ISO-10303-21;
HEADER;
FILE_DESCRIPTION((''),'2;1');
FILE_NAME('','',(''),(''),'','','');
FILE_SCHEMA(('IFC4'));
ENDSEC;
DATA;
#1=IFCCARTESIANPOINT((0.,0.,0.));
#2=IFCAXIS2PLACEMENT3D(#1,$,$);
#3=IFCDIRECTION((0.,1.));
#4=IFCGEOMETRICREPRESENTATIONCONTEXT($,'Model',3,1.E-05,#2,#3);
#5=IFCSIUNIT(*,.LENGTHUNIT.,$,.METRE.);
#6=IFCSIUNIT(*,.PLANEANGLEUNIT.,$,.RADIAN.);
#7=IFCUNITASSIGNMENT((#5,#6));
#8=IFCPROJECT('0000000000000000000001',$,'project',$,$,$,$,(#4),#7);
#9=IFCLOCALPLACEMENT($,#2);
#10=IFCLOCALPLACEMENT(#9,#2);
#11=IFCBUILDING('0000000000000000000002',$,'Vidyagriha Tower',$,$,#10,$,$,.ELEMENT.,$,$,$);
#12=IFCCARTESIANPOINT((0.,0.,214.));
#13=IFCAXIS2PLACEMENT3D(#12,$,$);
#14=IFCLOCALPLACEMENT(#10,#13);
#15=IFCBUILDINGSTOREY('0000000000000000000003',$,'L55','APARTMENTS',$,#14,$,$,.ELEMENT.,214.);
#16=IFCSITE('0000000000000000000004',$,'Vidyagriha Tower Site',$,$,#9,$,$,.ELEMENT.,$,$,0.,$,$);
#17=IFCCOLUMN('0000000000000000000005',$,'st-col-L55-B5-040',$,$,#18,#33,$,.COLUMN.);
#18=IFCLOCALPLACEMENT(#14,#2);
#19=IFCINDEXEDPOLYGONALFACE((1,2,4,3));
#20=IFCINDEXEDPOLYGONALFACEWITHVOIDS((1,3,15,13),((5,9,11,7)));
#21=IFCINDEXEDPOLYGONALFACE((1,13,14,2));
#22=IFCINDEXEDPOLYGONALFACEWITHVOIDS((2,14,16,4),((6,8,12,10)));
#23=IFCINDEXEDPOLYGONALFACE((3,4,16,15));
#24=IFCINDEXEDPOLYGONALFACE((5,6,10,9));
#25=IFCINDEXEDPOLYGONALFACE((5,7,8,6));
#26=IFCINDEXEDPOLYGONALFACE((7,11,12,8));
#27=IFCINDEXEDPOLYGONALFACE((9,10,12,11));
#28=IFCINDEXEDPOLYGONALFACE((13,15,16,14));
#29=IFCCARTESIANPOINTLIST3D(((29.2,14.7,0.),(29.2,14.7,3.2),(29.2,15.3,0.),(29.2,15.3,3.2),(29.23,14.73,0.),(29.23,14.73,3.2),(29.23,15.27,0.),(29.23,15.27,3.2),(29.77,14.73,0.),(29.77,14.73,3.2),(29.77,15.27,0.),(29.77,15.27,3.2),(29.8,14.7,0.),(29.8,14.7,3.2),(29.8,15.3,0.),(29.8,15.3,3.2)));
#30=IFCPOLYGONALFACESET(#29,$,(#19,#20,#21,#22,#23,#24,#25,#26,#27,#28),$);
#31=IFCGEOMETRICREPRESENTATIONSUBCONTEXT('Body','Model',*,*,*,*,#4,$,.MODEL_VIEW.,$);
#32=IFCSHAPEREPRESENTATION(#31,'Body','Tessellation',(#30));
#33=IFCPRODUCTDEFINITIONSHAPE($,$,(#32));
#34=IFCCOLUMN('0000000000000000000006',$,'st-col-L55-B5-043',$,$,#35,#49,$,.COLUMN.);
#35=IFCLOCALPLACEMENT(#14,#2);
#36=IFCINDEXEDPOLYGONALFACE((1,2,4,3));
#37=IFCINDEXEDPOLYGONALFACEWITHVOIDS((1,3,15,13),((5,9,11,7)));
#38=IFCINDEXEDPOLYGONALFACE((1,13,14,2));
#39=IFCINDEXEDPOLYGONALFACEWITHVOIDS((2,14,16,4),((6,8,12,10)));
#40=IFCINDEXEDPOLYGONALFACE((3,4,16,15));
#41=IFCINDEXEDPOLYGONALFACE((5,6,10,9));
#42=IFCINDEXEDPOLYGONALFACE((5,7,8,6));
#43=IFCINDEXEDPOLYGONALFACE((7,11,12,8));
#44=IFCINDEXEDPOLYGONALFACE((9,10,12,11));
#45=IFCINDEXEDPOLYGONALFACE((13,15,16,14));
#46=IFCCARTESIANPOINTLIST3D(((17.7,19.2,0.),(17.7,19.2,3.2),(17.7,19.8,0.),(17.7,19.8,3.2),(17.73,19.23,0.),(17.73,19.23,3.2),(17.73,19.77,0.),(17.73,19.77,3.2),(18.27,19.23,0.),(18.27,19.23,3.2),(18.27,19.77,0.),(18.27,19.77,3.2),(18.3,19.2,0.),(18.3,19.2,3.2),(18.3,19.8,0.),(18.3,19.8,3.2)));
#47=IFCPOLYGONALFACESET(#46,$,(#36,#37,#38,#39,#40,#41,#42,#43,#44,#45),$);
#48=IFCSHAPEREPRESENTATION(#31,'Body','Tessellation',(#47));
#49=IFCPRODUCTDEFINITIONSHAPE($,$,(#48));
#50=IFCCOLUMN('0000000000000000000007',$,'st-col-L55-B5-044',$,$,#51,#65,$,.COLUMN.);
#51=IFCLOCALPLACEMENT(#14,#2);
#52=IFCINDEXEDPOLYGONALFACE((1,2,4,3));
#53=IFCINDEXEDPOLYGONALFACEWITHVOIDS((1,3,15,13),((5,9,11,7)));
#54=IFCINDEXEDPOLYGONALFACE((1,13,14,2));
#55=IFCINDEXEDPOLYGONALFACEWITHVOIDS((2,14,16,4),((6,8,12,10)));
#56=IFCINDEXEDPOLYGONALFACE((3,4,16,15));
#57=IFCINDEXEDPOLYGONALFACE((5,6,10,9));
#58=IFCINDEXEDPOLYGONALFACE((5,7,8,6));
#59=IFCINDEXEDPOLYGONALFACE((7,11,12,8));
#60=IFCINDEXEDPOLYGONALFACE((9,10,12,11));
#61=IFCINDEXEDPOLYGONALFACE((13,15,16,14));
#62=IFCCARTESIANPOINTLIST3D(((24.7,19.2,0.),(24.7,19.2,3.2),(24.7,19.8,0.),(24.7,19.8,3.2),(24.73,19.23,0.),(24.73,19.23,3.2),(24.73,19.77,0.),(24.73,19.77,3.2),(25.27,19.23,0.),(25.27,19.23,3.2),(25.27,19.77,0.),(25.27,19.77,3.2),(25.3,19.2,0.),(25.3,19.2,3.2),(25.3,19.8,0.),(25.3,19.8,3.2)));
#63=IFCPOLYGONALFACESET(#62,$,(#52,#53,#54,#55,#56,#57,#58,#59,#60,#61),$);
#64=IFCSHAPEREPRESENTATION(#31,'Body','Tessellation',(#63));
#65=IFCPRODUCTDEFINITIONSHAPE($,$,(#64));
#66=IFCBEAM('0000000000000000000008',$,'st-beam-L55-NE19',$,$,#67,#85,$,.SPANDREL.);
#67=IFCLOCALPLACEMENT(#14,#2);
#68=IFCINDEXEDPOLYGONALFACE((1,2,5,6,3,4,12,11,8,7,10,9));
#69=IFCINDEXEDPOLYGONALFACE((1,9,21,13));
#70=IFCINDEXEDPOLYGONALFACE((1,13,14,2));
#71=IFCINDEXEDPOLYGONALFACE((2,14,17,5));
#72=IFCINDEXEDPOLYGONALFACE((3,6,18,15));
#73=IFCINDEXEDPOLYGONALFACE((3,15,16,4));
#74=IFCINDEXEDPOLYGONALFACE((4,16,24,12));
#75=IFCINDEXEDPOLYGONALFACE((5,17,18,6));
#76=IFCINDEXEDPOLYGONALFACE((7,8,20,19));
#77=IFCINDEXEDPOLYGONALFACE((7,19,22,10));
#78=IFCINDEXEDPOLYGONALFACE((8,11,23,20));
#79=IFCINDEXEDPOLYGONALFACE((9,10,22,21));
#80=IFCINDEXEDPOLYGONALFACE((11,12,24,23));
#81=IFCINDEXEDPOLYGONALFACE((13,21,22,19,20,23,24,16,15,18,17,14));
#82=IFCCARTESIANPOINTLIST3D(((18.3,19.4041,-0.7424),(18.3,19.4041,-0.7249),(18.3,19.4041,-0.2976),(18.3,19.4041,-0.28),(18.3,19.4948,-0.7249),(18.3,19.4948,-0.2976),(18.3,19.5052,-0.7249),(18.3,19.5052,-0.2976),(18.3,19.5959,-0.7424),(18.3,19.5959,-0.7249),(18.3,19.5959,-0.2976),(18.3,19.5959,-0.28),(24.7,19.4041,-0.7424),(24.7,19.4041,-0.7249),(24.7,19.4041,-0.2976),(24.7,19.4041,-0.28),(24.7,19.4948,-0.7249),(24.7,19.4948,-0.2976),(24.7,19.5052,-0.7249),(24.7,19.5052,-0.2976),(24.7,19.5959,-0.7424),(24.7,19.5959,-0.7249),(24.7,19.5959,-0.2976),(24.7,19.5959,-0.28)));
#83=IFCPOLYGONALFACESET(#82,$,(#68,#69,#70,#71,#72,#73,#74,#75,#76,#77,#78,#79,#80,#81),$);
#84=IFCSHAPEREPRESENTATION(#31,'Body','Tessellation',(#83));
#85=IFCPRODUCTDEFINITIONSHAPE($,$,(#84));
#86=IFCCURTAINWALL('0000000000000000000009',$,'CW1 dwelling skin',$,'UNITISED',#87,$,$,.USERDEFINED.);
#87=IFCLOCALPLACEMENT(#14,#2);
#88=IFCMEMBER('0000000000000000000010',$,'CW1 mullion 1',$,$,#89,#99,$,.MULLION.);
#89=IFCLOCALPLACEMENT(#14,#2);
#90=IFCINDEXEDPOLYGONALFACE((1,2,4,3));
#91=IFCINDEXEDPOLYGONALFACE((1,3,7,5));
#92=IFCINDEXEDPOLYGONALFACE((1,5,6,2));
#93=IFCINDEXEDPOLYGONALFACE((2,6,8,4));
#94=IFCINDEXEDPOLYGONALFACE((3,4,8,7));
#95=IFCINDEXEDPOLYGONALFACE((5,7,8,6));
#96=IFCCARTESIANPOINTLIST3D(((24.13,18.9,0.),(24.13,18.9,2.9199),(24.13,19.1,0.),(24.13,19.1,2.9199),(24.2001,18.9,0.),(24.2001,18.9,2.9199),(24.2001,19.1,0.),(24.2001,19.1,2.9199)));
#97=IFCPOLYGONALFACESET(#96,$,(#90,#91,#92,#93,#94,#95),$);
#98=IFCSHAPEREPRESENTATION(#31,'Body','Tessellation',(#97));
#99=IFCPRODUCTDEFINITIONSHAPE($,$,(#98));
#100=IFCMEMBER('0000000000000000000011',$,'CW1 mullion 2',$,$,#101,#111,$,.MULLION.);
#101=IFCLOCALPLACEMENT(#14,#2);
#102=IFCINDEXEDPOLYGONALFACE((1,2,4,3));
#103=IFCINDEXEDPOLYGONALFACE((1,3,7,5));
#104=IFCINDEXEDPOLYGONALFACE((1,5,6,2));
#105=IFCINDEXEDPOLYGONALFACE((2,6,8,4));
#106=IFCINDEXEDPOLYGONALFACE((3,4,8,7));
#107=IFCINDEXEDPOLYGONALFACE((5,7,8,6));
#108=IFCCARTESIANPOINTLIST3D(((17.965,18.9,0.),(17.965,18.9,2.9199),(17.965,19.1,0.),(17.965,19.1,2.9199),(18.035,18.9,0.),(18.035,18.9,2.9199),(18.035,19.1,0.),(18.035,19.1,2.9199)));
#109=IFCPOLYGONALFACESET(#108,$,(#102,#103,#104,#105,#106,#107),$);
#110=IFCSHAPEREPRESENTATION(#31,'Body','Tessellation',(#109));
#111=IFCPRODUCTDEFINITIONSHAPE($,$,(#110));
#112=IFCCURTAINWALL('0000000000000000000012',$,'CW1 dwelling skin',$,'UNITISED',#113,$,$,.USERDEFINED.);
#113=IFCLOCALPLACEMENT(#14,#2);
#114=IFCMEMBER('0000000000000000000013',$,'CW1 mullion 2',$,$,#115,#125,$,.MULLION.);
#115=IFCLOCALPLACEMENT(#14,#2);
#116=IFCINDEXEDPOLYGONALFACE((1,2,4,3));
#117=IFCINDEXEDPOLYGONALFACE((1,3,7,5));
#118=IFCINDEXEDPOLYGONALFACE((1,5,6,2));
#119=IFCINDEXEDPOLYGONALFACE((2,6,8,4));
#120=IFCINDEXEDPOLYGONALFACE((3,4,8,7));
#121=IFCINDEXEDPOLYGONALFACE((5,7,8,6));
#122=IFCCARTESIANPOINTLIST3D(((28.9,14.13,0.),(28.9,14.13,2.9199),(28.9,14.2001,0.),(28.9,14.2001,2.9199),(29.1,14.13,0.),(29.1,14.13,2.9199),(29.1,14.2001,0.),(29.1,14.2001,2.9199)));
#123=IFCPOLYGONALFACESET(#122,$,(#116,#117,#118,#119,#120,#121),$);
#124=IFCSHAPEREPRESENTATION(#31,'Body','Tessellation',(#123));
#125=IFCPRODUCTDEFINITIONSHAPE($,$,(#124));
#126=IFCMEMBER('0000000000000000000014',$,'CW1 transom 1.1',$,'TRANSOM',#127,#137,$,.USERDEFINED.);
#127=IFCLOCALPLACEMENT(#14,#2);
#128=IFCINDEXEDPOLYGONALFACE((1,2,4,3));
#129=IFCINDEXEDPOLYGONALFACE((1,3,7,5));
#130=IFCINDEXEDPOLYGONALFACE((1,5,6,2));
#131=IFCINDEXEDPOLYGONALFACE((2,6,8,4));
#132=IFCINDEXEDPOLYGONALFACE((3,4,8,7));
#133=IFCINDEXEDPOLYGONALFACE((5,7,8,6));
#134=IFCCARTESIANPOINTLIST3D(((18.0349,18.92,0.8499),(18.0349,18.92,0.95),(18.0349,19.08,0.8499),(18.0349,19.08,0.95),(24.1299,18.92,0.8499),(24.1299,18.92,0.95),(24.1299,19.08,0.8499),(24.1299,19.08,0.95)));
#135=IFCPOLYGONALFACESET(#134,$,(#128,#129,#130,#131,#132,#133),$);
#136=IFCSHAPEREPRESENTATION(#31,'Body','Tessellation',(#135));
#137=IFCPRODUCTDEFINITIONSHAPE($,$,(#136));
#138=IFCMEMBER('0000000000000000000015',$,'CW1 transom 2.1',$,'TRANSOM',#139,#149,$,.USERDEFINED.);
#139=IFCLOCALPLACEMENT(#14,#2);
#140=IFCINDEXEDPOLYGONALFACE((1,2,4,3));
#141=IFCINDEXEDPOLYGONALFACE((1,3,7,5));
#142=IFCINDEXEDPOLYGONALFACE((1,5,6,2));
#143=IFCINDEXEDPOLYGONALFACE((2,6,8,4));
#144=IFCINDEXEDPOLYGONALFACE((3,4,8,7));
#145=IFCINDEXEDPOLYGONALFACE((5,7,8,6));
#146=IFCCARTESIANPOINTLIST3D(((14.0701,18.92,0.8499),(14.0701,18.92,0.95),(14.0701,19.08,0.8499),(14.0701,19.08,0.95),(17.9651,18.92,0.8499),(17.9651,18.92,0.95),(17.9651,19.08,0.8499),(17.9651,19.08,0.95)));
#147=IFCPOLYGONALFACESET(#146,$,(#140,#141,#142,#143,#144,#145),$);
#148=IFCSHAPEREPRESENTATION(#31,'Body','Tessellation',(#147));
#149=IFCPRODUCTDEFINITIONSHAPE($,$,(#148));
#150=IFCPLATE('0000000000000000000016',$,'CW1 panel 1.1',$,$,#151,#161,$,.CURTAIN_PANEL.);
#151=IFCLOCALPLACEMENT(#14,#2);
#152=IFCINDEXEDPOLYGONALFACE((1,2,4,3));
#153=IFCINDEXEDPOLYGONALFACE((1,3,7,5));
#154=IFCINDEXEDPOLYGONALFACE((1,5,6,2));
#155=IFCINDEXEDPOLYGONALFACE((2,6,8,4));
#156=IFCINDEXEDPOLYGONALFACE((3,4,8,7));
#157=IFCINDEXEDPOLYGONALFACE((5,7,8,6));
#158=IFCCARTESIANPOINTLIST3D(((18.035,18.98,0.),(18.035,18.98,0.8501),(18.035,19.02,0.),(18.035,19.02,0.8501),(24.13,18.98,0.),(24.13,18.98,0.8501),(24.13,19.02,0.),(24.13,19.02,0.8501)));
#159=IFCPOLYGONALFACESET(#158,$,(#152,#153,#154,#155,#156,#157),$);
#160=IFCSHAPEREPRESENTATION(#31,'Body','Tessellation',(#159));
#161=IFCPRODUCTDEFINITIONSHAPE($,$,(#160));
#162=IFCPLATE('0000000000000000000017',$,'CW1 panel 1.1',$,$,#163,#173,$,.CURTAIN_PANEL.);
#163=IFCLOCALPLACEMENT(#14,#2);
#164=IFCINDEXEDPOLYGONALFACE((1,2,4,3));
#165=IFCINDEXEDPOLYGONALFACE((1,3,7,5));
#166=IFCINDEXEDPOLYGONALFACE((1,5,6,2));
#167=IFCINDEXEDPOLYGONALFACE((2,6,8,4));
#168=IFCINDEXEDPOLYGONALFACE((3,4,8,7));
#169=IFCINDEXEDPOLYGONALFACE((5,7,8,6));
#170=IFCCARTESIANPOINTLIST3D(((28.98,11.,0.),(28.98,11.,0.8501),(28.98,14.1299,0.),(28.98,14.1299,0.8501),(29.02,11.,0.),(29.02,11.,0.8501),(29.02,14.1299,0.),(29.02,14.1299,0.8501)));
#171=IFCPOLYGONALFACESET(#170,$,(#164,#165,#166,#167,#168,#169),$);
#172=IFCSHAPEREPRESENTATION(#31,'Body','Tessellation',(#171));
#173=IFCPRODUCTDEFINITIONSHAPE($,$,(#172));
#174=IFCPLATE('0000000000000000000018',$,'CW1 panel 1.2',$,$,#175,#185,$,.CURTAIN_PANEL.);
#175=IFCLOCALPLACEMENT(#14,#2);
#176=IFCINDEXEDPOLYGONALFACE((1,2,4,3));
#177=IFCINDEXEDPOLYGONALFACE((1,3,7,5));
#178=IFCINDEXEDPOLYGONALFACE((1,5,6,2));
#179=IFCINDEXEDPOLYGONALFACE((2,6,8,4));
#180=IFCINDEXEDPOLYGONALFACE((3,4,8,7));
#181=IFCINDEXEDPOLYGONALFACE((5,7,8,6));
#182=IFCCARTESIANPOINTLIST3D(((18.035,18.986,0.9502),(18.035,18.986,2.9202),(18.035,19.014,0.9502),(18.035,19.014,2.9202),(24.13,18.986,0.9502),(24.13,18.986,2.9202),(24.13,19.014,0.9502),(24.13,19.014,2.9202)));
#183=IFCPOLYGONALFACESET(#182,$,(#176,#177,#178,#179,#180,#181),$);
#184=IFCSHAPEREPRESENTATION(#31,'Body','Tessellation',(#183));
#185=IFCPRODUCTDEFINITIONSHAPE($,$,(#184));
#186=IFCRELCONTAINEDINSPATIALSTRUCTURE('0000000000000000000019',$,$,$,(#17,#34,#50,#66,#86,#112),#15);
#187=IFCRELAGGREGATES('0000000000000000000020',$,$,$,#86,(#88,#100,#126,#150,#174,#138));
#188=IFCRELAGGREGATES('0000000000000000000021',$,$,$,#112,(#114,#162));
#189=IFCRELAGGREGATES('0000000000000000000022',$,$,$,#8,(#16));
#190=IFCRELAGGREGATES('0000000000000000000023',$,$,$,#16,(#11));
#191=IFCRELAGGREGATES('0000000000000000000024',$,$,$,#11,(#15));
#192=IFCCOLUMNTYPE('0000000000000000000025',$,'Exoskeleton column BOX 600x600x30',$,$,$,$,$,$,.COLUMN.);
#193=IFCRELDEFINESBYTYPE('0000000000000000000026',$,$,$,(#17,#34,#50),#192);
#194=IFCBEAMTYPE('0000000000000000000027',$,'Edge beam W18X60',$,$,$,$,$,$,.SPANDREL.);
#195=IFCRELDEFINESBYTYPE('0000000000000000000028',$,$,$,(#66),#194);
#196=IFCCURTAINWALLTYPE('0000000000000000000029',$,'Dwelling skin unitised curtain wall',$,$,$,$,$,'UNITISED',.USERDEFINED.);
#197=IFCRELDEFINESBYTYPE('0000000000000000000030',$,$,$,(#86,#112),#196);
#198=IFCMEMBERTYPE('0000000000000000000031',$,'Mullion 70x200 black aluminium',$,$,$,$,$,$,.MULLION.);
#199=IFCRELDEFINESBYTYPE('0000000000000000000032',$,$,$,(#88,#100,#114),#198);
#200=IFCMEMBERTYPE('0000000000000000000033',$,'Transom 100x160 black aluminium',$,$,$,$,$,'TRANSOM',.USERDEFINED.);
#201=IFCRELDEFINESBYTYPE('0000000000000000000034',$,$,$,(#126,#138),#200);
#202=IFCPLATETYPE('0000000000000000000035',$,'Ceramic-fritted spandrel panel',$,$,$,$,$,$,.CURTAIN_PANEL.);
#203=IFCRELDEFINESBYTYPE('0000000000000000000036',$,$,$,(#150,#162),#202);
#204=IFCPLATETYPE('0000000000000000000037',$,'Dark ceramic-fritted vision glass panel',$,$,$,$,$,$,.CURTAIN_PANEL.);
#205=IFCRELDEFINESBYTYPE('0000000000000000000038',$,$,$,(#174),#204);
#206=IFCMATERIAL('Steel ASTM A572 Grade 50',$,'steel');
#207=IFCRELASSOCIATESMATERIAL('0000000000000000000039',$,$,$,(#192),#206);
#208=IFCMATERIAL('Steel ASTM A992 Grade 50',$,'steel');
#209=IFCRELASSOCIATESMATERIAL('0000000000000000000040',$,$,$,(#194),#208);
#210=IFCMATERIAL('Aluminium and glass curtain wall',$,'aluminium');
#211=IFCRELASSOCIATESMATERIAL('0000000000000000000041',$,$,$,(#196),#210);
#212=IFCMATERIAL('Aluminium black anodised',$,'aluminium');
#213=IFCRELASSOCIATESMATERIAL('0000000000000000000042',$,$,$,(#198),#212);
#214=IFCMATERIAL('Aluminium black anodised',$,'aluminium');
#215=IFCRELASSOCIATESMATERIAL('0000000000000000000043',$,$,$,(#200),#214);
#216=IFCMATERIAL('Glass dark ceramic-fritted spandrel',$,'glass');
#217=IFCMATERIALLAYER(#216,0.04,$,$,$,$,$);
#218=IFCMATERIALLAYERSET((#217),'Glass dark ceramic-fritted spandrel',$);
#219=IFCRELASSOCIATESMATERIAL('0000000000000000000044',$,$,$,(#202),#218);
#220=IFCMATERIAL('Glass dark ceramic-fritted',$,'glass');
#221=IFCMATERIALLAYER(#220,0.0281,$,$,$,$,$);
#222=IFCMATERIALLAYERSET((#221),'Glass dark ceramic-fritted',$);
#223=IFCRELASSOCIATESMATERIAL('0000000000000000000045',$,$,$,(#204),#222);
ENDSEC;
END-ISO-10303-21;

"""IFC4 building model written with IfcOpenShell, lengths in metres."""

from ifc_helpers import new_model, si_unit, direction, frame, origin, origin_2d, place, context, subcontext, project, spatial, rectangle, hollow_rectangle, i_section, extrude, material, layer, layer_set, material_profile, profile_set, type_object, element, aggregate, save


model = new_model("IFC4")

# Units and contexts
model_context = context("Model", 3, precision=1e-05, world=origin(), true_north=direction((0.0, 1.0)))
body_context = subcontext(model_context, "Body", "Model", "MODEL_VIEW")
ifc_project = project(units=[si_unit("LENGTHUNIT", "METRE"), si_unit("PLANEANGLEUNIT", "RADIAN")], contexts=[model_context])

# Site, building, storey
site_placement = place(None, origin())
site = spatial("IfcSite", under=ifc_project, at=site_placement, Name="Vidyagriha Tower Site", CompositionType="ELEMENT", RefElevation=0.0)
building_placement = place(site_placement, origin())
building = spatial("IfcBuilding", under=site, at=building_placement, Name="Vidyagriha Tower", CompositionType="ELEMENT")
storey_placement = place(building_placement, frame((0.0, 0.0, 214.0)))
storey = spatial("IfcBuildingStorey", under=building, at=storey_placement, Name="L55", Description="APARTMENTS", CompositionType="ELEMENT", Elevation=214.0)

# Columns
ifc_material_1 = material(Name="Steel ASTM A572 Grade 50", Category="steel")
ifc_material_profile_1 = material_profile(ifc_material_1, hollow_rectangle(XDim=0.6001, YDim=0.6001, WallThickness=0.03, at=origin_2d()), Name="BOX 600x600x30")
ifc_profile_set_1 = profile_set([ifc_material_profile_1], Name="Steel ASTM A572 Grade 50")
column_type = type_object("IfcColumnType", Name="Exoskeleton column BOX 600x600x30", PredefinedType="COLUMN", material=ifc_profile_set_1)
for number, where, name in (
    (1, (29.5, 15.0, 0.0), "st-col-L55-B5-040"),
    (2, (18.0, 19.5, 0.0), "st-col-L55-B5-043"),
    (3, (25.0, 19.5, 0.0), "st-col-L55-B5-044"),
):
    element("IfcColumn", number, at=place(storey_placement, frame(where)), inside=storey, type_object=column_type, Name=name, PredefinedType="COLUMN", context=body_context, shape_type="SweptSolid", body=[
        extrude(hollow_rectangle(XDim=0.6001, YDim=0.6001, WallThickness=0.03, at=origin_2d()), origin(), (0.0, 0.0, 1.0), 3.2),
    ])

# Beam
ifc_material_2 = material(Name="Steel ASTM A992 Grade 50", Category="steel")
ifc_material_profile_2 = material_profile(ifc_material_2, i_section(OverallWidth=0.1919, OverallDepth=0.4624, WebThickness=0.0105, FlangeThickness=0.0176, at=origin_2d()), Name="W18X60")
ifc_profile_set_2 = profile_set([ifc_material_profile_2], Name="Steel ASTM A992 Grade 50")
beam_type = type_object("IfcBeamType", Name="Edge beam W18X60", PredefinedType="SPANDREL", material=ifc_profile_set_2)
beam_placement = place(storey_placement, frame((18.3, 19.5, -0.5112), z_axis=(1.0, 0.0, 0.0), x_axis=(0.0, 1.0, 0.0)))
element("IfcBeam", 4, at=beam_placement, inside=storey, type_object=beam_type, Name="st-beam-L55-NE19", PredefinedType="SPANDREL", context=body_context, shape_type="SweptSolid", body=[
    extrude(i_section(OverallWidth=0.1919, OverallDepth=0.4624, WebThickness=0.0105, FlangeThickness=0.0176, at=origin_2d()), origin(), (0.0, 0.0, 1.0), 6.3999),
])

# Curtain wall, members
ifc_material_3 = material(Name="Aluminium and glass curtain wall", Category="aluminium")
curtain_wall_type = type_object("IfcCurtainWallType", Name="Dwelling skin unitised curtain wall", ElementType="UNITISED", PredefinedType="USERDEFINED", material=ifc_material_3)
curtain_wall_1_placement = place(storey_placement, origin())
curtain_wall_1 = element("IfcCurtainWall", 5, at=curtain_wall_1_placement, inside=storey, type_object=curtain_wall_type, Name="CW1 dwelling skin", ObjectType="UNITISED", PredefinedType="USERDEFINED")
ifc_material_4 = material(Name="Aluminium black anodised", Category="aluminium")
ifc_material_profile_3 = material_profile(ifc_material_4, rectangle(XDim=0.2, YDim=0.0701, at=origin_2d()), Name="Mullion 70x200 black aluminium")
ifc_profile_set_3 = profile_set([ifc_material_profile_3], Name="Aluminium black anodised")
member_type_1 = type_object("IfcMemberType", Name="Mullion 70x200 black aluminium", PredefinedType="MULLION", material=ifc_profile_set_3)
member_1_placement = place(storey_placement, frame((24.165, 19.0, 0.0), z_axis=(0.0, 0.0, 1.0), x_axis=(0.0, -1.0, 0.0)))
member_1 = element("IfcMember", 6, at=member_1_placement, type_object=member_type_1, Name="CW1 mullion 1", PredefinedType="MULLION", context=body_context, shape_type="SweptSolid", body=[
    extrude(rectangle(XDim=0.2, YDim=0.0701, at=origin_2d()), origin(), (0.0, 0.0, 1.0), 2.9199),
])
member_2_placement = place(storey_placement, frame((18.0, 19.0, 0.0), z_axis=(0.0, 0.0, 1.0), x_axis=(0.0, -1.0, 0.0)))
member_2 = element("IfcMember", 7, at=member_2_placement, type_object=member_type_1, Name="CW1 mullion 2", PredefinedType="MULLION", context=body_context, shape_type="SweptSolid", body=[
    extrude(rectangle(XDim=0.2, YDim=0.0701, at=origin_2d()), origin(), (0.0, 0.0, 1.0), 2.9199),
])

# Curtain wall, member
curtain_wall_2_placement = place(storey_placement, origin())
curtain_wall_2 = element("IfcCurtainWall", 8, at=curtain_wall_2_placement, inside=storey, type_object=curtain_wall_type, Name="CW1 dwelling skin", ObjectType="UNITISED", PredefinedType="USERDEFINED")
member_3_placement = place(storey_placement, frame((29.0, 14.165, 0.0), z_axis=(0.0, 0.0, 1.0), x_axis=(-1.0, 0.0, 0.0)))
member_3 = element("IfcMember", 9, at=member_3_placement, type_object=member_type_1, Name="CW1 mullion 2", PredefinedType="MULLION", context=body_context, shape_type="SweptSolid", body=[
    extrude(rectangle(XDim=0.2, YDim=0.0701, at=origin_2d()), origin(), (0.0, 0.0, 1.0), 2.9199),
])

# Members
ifc_material_5 = material(Name="Aluminium black anodised", Category="aluminium")
ifc_material_profile_4 = material_profile(ifc_material_5, rectangle(XDim=0.1599, YDim=0.1001, at=origin_2d()), Name="Transom 100x160 black aluminium")
ifc_profile_set_4 = profile_set([ifc_material_profile_4], Name="Aluminium black anodised")
member_type_2 = type_object("IfcMemberType", Name="Transom 100x160 black aluminium", ElementType="TRANSOM", PredefinedType="USERDEFINED", material=ifc_profile_set_4)
member_4_placement = place(storey_placement, frame((24.1299, 19.0, 0.8999), z_axis=(-1.0, 0.0, 0.0), x_axis=(0.0, -1.0, 0.0)))
member_4 = element("IfcMember", 10, at=member_4_placement, type_object=member_type_2, Name="CW1 transom 1.1", ObjectType="TRANSOM", PredefinedType="USERDEFINED", context=body_context, shape_type="SweptSolid", body=[
    extrude(rectangle(XDim=0.1599, YDim=0.1001, at=origin_2d()), origin(), (0.0, 0.0, 1.0), 6.095),
])
member_5_placement = place(storey_placement, frame((17.9651, 19.0, 0.8999), z_axis=(-1.0, 0.0, 0.0), x_axis=(0.0, -1.0, 0.0)))
member_5 = element("IfcMember", 11, at=member_5_placement, type_object=member_type_2, Name="CW1 transom 2.1", ObjectType="TRANSOM", PredefinedType="USERDEFINED", context=body_context, shape_type="SweptSolid", body=[
    extrude(rectangle(XDim=0.1599, YDim=0.1001, at=origin_2d()), origin(), (0.0, 0.0, 1.0), 3.895),
])

# Plates
ifc_material_6 = material(Name="Glass dark ceramic-fritted spandrel", Category="glass")
ifc_layer_1 = layer(ifc_material_6, 0.04)
ifc_layer_set_1 = layer_set([ifc_layer_1], Name="Glass dark ceramic-fritted spandrel")
plate_type_1 = type_object("IfcPlateType", Name="Ceramic-fritted spandrel panel", PredefinedType="CURTAIN_PANEL", material=ifc_layer_set_1)
plate_1_placement = place(storey_placement, frame((21.0825, 19.0, 0.0), z_axis=(0.0, 0.0, 1.0), x_axis=(-1.0, 0.0, 0.0)))
plate_1 = element("IfcPlate", 12, at=plate_1_placement, type_object=plate_type_1, Name="CW1 panel 1.1", PredefinedType="CURTAIN_PANEL", context=body_context, shape_type="SweptSolid", body=[
    extrude(rectangle(XDim=6.095, YDim=0.04, at=origin_2d()), origin(), (0.0, 0.0, 1.0), 0.8501),
])
plate_2_placement = place(storey_placement, frame((29.0, 12.5649, 0.0), z_axis=(0.0, 0.0, 1.0), x_axis=(0.0, 1.0, 0.0)))
plate_2 = element("IfcPlate", 13, at=plate_2_placement, type_object=plate_type_1, Name="CW1 panel 1.1", PredefinedType="CURTAIN_PANEL", context=body_context, shape_type="SweptSolid", body=[
    extrude(rectangle(XDim=3.1299, YDim=0.04, at=origin_2d()), origin(), (0.0, 0.0, 1.0), 0.8501),
])
ifc_material_7 = material(Name="Glass dark ceramic-fritted", Category="glass")
ifc_layer_2 = layer(ifc_material_7, 0.0281)
ifc_layer_set_2 = layer_set([ifc_layer_2], Name="Glass dark ceramic-fritted")
plate_type_2 = type_object("IfcPlateType", Name="Dark ceramic-fritted vision glass panel", PredefinedType="CURTAIN_PANEL", material=ifc_layer_set_2)
plate_3_placement = place(storey_placement, frame((21.0825, 19.0, 0.9502), z_axis=(0.0, 0.0, 1.0), x_axis=(-1.0, 0.0, 0.0)))
plate_3 = element("IfcPlate", 14, at=plate_3_placement, type_object=plate_type_2, Name="CW1 panel 1.2", PredefinedType="CURTAIN_PANEL", context=body_context, shape_type="SweptSolid", body=[
    extrude(rectangle(XDim=6.095, YDim=0.0281, at=origin_2d()), origin(), (0.0, 0.0, 1.0), 1.97),
])
aggregate(curtain_wall_1, [member_1, member_2, member_4, plate_1, plate_3, member_5])
aggregate(curtain_wall_2, [member_3, plate_2])

save(model, "model.ifc")
